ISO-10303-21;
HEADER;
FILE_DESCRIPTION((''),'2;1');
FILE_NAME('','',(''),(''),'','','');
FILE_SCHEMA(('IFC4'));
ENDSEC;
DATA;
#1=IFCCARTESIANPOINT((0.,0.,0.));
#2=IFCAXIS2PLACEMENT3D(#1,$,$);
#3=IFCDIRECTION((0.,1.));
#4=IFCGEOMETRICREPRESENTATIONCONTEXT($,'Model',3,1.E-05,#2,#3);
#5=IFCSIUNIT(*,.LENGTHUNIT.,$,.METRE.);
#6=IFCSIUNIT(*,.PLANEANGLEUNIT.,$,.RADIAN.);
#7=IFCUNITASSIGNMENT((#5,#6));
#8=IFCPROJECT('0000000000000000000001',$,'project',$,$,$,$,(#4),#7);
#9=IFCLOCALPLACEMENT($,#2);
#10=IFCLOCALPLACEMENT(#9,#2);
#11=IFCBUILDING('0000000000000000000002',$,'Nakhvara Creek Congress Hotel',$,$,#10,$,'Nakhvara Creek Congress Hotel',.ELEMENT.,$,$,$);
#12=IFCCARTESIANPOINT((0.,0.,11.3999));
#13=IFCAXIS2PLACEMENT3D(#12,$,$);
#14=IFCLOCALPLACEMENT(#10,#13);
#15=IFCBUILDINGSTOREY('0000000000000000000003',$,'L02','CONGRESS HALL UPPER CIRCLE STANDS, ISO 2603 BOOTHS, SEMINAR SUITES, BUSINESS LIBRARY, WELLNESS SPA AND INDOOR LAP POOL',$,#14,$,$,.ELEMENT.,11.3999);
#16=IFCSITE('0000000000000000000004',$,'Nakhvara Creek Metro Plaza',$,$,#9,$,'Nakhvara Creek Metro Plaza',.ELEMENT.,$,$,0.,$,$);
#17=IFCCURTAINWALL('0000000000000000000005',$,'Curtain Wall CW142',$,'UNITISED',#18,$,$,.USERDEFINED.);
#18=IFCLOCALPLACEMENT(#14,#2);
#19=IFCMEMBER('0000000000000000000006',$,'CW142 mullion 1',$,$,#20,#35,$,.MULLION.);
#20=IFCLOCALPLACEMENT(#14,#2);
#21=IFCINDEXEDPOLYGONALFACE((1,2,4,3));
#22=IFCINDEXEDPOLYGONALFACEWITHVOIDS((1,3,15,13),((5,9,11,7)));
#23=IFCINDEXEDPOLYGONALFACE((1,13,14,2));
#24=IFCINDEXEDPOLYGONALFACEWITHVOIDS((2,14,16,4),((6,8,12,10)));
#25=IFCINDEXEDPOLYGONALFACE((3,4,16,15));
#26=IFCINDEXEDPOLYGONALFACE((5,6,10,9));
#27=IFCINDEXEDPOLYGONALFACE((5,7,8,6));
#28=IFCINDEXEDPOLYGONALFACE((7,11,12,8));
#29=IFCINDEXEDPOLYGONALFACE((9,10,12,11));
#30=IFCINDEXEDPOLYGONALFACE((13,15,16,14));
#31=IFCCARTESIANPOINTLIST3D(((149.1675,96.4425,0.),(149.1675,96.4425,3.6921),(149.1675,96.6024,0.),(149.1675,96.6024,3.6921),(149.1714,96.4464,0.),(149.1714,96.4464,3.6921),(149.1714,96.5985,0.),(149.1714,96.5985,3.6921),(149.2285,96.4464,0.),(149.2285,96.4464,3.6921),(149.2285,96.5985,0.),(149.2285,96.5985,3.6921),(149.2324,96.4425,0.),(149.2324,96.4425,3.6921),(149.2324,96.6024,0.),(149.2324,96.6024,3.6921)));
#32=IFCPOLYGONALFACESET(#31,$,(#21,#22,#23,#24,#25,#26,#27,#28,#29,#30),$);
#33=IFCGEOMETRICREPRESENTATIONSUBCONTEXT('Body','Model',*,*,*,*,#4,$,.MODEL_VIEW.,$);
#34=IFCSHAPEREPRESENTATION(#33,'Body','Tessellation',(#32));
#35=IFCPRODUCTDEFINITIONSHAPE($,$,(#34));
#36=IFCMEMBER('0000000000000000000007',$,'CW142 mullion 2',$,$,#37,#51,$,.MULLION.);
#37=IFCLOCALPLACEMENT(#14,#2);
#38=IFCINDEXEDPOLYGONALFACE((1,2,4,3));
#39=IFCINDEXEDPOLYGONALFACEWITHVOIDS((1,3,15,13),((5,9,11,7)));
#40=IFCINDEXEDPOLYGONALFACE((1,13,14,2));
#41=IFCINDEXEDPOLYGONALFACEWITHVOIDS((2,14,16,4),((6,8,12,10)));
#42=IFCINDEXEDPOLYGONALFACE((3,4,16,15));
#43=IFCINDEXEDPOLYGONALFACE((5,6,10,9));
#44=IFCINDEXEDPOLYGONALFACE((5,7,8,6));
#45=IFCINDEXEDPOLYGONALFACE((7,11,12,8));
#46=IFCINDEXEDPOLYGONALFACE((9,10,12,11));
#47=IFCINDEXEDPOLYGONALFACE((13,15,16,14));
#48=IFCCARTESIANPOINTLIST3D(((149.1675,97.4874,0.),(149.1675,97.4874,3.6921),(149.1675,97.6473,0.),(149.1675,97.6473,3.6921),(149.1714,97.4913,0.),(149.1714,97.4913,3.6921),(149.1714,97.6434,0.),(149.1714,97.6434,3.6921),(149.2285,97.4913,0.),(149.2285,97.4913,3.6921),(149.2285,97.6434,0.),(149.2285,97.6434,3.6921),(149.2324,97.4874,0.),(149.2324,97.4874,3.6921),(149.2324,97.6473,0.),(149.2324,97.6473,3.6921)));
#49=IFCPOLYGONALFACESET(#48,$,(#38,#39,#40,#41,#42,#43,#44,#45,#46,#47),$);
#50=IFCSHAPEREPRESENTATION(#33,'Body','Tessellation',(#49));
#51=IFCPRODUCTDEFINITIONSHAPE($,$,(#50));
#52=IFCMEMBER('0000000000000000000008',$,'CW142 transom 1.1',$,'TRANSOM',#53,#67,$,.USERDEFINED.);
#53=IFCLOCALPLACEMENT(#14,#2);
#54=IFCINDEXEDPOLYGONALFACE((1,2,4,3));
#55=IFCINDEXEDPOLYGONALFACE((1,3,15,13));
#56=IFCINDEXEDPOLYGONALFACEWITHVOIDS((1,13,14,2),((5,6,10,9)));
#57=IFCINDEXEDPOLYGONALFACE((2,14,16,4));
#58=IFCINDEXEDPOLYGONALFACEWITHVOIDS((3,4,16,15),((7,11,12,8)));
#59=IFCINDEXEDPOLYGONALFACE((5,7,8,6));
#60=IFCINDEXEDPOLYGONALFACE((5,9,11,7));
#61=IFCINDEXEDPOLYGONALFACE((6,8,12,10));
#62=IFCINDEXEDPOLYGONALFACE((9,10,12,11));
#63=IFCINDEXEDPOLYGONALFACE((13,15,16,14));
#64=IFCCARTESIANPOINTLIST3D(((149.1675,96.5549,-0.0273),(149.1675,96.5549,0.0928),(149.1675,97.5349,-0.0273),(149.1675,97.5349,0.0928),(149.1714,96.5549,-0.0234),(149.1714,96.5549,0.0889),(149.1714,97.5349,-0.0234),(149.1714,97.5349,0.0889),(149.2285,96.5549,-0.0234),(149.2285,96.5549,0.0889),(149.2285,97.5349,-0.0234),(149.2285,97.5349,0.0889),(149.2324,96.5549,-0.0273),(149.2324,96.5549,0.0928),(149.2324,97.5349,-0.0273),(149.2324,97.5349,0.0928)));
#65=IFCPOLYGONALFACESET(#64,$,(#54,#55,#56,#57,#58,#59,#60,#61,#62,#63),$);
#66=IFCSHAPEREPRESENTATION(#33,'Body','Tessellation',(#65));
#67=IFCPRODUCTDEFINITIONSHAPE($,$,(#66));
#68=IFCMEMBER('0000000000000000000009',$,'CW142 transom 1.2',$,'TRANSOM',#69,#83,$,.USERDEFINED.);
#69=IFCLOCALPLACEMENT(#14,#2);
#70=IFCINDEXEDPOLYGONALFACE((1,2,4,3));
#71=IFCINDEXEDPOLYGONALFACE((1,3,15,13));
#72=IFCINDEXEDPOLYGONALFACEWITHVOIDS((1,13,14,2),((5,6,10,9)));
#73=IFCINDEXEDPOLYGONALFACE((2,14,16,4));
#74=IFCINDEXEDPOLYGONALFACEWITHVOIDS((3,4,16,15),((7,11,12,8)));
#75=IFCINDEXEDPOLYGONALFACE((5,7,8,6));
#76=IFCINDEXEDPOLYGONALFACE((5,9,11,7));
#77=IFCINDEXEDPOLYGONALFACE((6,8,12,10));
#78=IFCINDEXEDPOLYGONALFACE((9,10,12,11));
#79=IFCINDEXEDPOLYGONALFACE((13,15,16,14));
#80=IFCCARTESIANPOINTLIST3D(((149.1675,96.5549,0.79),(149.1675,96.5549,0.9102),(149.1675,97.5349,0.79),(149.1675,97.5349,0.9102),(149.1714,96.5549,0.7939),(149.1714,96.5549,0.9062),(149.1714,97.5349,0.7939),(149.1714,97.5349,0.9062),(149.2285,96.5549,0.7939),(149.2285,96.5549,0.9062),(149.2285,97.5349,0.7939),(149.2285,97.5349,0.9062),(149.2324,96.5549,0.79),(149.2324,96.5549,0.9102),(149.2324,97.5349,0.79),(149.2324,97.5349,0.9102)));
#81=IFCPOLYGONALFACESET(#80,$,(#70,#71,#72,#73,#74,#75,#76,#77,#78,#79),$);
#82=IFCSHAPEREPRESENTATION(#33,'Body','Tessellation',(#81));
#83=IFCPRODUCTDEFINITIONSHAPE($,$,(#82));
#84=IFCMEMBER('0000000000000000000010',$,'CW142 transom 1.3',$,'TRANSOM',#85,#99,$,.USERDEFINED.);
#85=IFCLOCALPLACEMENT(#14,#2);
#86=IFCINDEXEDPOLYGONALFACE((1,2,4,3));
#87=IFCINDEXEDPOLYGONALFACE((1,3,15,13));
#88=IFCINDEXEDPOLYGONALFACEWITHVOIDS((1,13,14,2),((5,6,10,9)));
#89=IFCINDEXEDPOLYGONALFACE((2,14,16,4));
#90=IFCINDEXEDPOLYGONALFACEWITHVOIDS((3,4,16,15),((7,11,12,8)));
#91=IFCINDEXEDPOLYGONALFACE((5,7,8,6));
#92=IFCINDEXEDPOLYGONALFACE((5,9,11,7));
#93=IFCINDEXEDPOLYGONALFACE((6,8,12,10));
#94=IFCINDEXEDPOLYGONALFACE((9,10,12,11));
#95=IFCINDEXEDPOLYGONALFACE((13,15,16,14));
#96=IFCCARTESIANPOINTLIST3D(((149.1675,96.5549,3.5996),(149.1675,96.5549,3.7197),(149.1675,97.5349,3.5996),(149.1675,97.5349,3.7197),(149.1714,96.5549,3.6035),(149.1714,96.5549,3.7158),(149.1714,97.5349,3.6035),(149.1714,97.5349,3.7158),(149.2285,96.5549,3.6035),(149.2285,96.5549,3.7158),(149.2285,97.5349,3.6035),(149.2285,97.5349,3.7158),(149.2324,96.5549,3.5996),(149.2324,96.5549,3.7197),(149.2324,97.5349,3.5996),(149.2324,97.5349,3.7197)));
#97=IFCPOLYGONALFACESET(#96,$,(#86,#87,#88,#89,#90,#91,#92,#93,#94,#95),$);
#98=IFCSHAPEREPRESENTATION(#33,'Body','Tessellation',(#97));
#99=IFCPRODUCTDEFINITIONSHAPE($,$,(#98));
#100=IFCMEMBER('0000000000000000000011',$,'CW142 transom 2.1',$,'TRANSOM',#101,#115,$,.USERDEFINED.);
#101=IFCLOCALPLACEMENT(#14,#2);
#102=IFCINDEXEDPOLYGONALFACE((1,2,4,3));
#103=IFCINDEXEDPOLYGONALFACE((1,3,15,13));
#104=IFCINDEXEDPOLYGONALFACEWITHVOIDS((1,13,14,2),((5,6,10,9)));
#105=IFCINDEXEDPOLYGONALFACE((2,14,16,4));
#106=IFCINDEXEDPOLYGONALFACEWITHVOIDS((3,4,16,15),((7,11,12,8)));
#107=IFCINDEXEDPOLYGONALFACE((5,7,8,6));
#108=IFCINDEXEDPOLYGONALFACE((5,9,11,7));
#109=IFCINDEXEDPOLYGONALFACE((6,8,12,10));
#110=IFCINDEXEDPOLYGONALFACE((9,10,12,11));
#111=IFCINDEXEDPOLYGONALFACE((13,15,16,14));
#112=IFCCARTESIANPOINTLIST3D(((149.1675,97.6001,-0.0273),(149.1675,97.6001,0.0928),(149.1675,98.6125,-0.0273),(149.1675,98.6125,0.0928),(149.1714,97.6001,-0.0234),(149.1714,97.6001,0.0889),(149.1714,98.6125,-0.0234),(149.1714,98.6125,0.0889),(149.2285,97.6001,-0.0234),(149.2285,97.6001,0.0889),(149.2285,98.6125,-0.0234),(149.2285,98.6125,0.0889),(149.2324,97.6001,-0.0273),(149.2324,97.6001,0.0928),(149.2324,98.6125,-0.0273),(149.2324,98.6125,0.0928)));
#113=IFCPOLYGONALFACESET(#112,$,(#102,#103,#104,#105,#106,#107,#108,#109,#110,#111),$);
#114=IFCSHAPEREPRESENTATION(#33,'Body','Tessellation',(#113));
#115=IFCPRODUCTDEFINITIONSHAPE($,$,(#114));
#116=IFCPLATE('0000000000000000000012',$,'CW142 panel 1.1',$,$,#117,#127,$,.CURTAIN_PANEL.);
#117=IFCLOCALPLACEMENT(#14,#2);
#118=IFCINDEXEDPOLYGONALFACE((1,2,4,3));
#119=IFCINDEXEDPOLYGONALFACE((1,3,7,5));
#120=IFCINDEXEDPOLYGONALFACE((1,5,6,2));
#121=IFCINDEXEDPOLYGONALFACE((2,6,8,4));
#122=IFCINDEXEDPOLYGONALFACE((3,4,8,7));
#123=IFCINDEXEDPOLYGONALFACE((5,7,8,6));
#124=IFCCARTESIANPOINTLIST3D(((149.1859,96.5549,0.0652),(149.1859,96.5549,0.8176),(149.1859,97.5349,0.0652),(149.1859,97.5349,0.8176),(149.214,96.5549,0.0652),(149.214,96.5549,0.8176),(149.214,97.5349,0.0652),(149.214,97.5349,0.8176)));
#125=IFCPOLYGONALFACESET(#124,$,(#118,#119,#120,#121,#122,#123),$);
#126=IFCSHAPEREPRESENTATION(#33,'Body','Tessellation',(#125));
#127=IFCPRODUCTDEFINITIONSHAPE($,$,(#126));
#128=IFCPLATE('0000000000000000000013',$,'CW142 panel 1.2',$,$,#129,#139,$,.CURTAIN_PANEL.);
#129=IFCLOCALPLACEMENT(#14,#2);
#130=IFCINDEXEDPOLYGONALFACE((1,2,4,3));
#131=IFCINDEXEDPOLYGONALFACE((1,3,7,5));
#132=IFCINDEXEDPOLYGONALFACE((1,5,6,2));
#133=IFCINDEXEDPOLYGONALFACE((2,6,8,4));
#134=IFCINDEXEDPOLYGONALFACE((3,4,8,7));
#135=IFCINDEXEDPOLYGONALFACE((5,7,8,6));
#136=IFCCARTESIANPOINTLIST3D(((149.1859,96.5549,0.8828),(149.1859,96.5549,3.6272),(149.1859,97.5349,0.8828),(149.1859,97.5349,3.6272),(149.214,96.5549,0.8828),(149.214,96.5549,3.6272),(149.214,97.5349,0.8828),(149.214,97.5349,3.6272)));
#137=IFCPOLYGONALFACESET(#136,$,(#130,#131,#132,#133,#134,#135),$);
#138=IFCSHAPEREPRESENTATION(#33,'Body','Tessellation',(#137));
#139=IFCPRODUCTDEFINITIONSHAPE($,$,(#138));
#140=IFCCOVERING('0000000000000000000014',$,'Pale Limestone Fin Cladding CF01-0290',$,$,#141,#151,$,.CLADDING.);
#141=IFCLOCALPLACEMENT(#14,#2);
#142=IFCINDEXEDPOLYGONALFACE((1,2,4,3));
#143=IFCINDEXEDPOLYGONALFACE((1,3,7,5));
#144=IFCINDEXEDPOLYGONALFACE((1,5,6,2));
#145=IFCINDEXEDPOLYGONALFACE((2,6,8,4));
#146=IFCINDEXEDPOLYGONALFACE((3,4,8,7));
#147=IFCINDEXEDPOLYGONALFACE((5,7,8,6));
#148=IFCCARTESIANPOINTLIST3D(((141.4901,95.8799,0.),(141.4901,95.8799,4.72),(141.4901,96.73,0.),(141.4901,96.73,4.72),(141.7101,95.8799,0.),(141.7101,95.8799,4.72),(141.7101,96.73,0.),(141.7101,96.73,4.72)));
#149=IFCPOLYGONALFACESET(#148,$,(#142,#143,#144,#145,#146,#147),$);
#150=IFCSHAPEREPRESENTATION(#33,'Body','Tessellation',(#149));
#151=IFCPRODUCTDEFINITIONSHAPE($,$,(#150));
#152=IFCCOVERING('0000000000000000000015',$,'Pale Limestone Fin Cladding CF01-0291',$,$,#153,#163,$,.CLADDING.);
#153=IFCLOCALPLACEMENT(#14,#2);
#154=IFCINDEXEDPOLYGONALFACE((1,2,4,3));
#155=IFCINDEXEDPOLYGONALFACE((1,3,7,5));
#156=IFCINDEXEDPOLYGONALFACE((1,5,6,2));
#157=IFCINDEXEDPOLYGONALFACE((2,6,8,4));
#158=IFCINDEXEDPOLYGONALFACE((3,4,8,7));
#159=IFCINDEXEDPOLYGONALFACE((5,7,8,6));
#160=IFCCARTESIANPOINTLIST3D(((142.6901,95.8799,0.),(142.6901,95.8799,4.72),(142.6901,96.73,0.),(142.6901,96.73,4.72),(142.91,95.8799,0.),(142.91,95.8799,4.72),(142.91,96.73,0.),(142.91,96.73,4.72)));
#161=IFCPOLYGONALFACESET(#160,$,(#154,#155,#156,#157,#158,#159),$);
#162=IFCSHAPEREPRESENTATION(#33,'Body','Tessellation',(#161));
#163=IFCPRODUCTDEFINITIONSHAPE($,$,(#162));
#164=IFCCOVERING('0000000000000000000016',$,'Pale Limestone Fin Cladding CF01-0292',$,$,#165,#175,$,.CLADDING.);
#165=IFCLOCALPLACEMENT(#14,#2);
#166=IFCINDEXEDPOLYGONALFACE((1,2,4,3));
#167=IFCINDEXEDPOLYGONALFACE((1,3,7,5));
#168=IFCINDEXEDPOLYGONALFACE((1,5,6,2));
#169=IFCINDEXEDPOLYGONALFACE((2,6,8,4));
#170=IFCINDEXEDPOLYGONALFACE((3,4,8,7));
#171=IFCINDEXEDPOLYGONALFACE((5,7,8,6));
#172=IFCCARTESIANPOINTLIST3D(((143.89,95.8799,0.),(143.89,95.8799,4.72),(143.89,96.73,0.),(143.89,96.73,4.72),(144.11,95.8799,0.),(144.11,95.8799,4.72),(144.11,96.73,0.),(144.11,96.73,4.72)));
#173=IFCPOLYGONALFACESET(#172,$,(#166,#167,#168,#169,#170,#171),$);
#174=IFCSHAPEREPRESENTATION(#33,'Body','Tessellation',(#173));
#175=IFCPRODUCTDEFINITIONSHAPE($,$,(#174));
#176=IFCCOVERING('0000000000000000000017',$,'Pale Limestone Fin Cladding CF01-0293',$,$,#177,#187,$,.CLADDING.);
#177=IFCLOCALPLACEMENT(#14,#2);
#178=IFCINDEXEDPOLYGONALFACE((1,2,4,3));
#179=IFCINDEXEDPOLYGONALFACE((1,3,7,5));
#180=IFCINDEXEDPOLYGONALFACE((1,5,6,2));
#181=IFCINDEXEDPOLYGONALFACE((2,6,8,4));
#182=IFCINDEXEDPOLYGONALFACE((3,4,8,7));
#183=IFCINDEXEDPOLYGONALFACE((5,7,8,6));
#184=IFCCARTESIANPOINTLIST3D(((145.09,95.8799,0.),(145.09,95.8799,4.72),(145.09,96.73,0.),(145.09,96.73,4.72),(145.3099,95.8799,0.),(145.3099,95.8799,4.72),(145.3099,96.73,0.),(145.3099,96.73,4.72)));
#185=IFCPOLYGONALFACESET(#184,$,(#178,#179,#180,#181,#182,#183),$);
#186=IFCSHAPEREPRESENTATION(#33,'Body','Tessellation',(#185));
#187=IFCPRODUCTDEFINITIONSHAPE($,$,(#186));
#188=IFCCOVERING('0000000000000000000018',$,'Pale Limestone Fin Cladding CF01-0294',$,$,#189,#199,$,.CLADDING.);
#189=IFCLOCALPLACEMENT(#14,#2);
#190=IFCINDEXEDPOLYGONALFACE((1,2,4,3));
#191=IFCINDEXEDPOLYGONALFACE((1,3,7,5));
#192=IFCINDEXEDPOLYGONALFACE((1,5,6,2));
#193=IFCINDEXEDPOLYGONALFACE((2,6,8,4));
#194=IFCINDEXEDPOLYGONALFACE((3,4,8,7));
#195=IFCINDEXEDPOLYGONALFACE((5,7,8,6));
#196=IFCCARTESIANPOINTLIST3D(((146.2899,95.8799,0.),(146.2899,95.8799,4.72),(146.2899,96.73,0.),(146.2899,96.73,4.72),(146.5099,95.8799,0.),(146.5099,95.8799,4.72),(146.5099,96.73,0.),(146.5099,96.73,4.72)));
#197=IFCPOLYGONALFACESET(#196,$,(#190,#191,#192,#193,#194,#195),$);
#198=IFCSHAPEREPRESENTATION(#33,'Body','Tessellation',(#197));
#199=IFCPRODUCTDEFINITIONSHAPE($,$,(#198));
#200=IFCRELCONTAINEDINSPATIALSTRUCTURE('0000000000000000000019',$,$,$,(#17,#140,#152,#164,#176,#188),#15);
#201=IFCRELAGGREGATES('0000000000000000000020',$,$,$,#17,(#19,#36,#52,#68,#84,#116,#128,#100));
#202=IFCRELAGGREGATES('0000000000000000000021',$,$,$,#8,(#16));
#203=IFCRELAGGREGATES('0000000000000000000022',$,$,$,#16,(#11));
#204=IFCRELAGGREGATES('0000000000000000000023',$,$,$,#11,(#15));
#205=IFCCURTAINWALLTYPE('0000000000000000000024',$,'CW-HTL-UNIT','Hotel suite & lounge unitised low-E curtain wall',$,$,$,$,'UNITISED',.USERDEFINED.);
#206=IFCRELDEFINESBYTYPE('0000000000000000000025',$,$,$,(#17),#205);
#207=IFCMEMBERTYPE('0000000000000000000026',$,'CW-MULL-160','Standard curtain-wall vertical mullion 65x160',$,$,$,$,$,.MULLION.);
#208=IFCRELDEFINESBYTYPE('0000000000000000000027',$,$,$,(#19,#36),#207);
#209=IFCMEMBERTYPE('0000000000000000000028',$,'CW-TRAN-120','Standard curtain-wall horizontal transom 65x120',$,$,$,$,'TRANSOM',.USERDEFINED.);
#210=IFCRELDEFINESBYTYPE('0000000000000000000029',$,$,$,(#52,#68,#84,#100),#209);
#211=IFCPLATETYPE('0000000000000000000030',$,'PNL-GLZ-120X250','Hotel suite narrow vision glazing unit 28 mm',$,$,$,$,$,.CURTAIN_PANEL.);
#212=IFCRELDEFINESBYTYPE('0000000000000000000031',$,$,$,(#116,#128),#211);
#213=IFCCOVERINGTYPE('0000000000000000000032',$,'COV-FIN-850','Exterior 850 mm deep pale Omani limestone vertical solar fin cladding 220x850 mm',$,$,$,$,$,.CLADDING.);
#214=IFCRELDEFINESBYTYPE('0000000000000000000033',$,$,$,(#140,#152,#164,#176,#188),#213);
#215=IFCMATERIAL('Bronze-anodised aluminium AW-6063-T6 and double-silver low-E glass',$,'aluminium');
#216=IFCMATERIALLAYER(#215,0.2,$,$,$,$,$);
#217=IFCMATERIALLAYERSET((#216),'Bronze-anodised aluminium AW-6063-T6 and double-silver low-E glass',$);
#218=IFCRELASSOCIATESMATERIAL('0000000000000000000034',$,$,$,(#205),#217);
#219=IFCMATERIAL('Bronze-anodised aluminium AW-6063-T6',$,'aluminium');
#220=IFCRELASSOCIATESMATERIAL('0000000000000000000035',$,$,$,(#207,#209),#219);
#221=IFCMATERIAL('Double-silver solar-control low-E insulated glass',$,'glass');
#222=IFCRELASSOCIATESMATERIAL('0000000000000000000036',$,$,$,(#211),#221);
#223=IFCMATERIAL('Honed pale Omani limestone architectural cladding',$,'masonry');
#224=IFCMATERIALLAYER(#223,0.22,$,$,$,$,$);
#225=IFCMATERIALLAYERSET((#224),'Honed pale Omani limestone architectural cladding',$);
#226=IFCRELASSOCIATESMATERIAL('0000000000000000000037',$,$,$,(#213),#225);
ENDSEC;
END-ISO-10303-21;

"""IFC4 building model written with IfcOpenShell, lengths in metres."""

from ifc_helpers import new_model, si_unit, direction, frame, origin, origin_2d, place, context, subcontext, project, spatial, rectangle, hollow_rectangle, extrude, material, layer, layer_set, material_profile, profile_set, type_object, element, aggregate, save


model = new_model("IFC4")

# Units and contexts
model_context = context("Model", 3, precision=1e-05, world=origin(), true_north=direction((0.0, 1.0)))
body_context = subcontext(model_context, "Body", "Model", "MODEL_VIEW")
ifc_project = project(units=[si_unit("LENGTHUNIT", "METRE"), si_unit("PLANEANGLEUNIT", "RADIAN")], contexts=[model_context])

# Site, building, storey
site_placement = place(None, origin())
site = spatial("IfcSite", under=ifc_project, at=site_placement, Name="Nakhvara Creek Metro Plaza", LongName="Nakhvara Creek Metro Plaza", CompositionType="ELEMENT", RefElevation=0.0)
building_placement = place(site_placement, origin())
building = spatial("IfcBuilding", under=site, at=building_placement, Name="Nakhvara Creek Congress Hotel", LongName="Nakhvara Creek Congress Hotel", CompositionType="ELEMENT")
storey_placement = place(building_placement, frame((0.0, 0.0, 11.3999)))
storey = spatial("IfcBuildingStorey", under=building, at=storey_placement, Name="L02", Description="CONGRESS HALL UPPER CIRCLE STANDS, ISO 2603 BOOTHS, SEMINAR SUITES, BUSINESS LIBRARY, WELLNESS SPA AND INDOOR LAP POOL", CompositionType="ELEMENT", Elevation=11.3999)

# Curtain wall, members, plates
ifc_material_1 = material(Name="Bronze-anodised aluminium AW-6063-T6 and double-silver low-E glass", Category="aluminium")
ifc_layer_1 = layer(ifc_material_1, 0.2)
ifc_layer_set_1 = layer_set([ifc_layer_1], Name="Bronze-anodised aluminium AW-6063-T6 and double-silver low-E glass")
curtain_wall_type = type_object("IfcCurtainWallType", Name="CW-HTL-UNIT", Description="Hotel suite & lounge unitised low-E curtain wall", ElementType="UNITISED", PredefinedType="USERDEFINED", material=ifc_layer_set_1)
curtain_wall_placement = place(storey_placement, origin())
curtain_wall = element("IfcCurtainWall", 1, at=curtain_wall_placement, inside=storey, type_object=curtain_wall_type, Name="Curtain Wall CW142", ObjectType="UNITISED", PredefinedType="USERDEFINED")
ifc_material_2 = material(Name="Bronze-anodised aluminium AW-6063-T6", Category="aluminium")
ifc_material_profile_1 = material_profile(ifc_material_2, hollow_rectangle(XDim=0.0649, YDim=0.1599, WallThickness=0.0039, at=origin_2d()), Name="ALU-MULL 65x160x4", Category="LoadBearing")
ifc_profile_set_1 = profile_set([ifc_material_profile_1], Name="Bronze-anodised aluminium AW-6063-T6")
member_type_1 = type_object("IfcMemberType", Name="CW-MULL-160", Description="Standard curtain-wall vertical mullion 65x160", PredefinedType="MULLION", material=ifc_profile_set_1)
member_1_placement = place(storey_placement, frame((149.2, 96.5225, 0.0), z_axis=(0.0, 0.0, 1.0), x_axis=(-1.0, 0.0, 0.0)))
member_1 = element("IfcMember", 2, at=member_1_placement, type_object=member_type_1, Name="CW142 mullion 1", PredefinedType="MULLION", context=body_context, shape_type="SweptSolid", body=[
    extrude(hollow_rectangle(XDim=0.0649, YDim=0.1599, WallThickness=0.0039, at=origin_2d()), origin(), (0.0, 0.0, 1.0), 3.6921),
])
member_2_placement = place(storey_placement, frame((149.2, 97.5674, 0.0), z_axis=(0.0, 0.0, 1.0), x_axis=(-1.0, 0.0, 0.0)))
member_2 = element("IfcMember", 3, at=member_2_placement, type_object=member_type_1, Name="CW142 mullion 2", PredefinedType="MULLION", context=body_context, shape_type="SweptSolid", body=[
    extrude(hollow_rectangle(XDim=0.0649, YDim=0.1599, WallThickness=0.0039, at=origin_2d()), origin(), (0.0, 0.0, 1.0), 3.6921),
])
ifc_material_profile_2 = material_profile(ifc_material_2, hollow_rectangle(XDim=0.0649, YDim=0.1201, WallThickness=0.0039, at=origin_2d()), Name="ALU-TRAN 65x120x4", Category="LoadBearing")
ifc_profile_set_2 = profile_set([ifc_material_profile_2], Name="Bronze-anodised aluminium AW-6063-T6")
member_type_2 = type_object("IfcMemberType", Name="CW-TRAN-120", Description="Standard curtain-wall horizontal transom 65x120", ElementType="TRANSOM", PredefinedType="USERDEFINED", material=ifc_profile_set_2)
member_3_placement = place(storey_placement, frame((149.2, 96.5549, 0.0327), z_axis=(0.0, 1.0, 0.0), x_axis=(-1.0, 0.0, 0.0)))
member_3 = element("IfcMember", 4, at=member_3_placement, type_object=member_type_2, Name="CW142 transom 1.1", ObjectType="TRANSOM", PredefinedType="USERDEFINED", context=body_context, shape_type="SweptSolid", body=[
    extrude(hollow_rectangle(XDim=0.0649, YDim=0.1201, WallThickness=0.0039, at=origin_2d()), origin(), (0.0, 0.0, 1.0), 0.98),
])
member_4_placement = place(storey_placement, frame((149.2, 96.5549, 0.8501), z_axis=(0.0, 1.0, 0.0), x_axis=(-1.0, 0.0, 0.0)))
member_4 = element("IfcMember", 5, at=member_4_placement, type_object=member_type_2, Name="CW142 transom 1.2", ObjectType="TRANSOM", PredefinedType="USERDEFINED", context=body_context, shape_type="SweptSolid", body=[
    extrude(hollow_rectangle(XDim=0.0649, YDim=0.1201, WallThickness=0.0039, at=origin_2d()), origin(), (0.0, 0.0, 1.0), 0.98),
])
member_5_placement = place(storey_placement, frame((149.2, 96.5549, 3.6597), z_axis=(0.0, 1.0, 0.0), x_axis=(-1.0, 0.0, 0.0)))
member_5 = element("IfcMember", 6, at=member_5_placement, type_object=member_type_2, Name="CW142 transom 1.3", ObjectType="TRANSOM", PredefinedType="USERDEFINED", context=body_context, shape_type="SweptSolid", body=[
    extrude(hollow_rectangle(XDim=0.0649, YDim=0.1201, WallThickness=0.0039, at=origin_2d()), origin(), (0.0, 0.0, 1.0), 0.98),
])
member_6_placement = place(storey_placement, frame((149.2, 97.6001, 0.0327), z_axis=(0.0, 1.0, 0.0), x_axis=(-1.0, 0.0, 0.0)))
member_6 = element("IfcMember", 7, at=member_6_placement, type_object=member_type_2, Name="CW142 transom 2.1", ObjectType="TRANSOM", PredefinedType="USERDEFINED", context=body_context, shape_type="SweptSolid", body=[
    extrude(hollow_rectangle(XDim=0.0649, YDim=0.1201, WallThickness=0.0039, at=origin_2d()), origin(), (0.0, 0.0, 1.0), 1.0125),
])
ifc_material_3 = material(Name="Double-silver solar-control low-E insulated glass", Category="glass")
plate_type = type_object("IfcPlateType", Name="PNL-GLZ-120X250", Description="Hotel suite narrow vision glazing unit 28 mm", PredefinedType="CURTAIN_PANEL", material=ifc_material_3)
plate_1_placement = place(storey_placement, frame((149.2, 97.0449, 0.0652), z_axis=(0.0, 0.0, 1.0), x_axis=(0.0, 1.0, 0.0)))
plate_1 = element("IfcPlate", 8, at=plate_1_placement, type_object=plate_type, Name="CW142 panel 1.1", PredefinedType="CURTAIN_PANEL", context=body_context, shape_type="SweptSolid", body=[
    extrude(rectangle(XDim=0.98, YDim=0.0281, at=origin_2d()), origin(), (0.0, 0.0, 1.0), 0.7524),
])
plate_2_placement = place(storey_placement, frame((149.2, 97.0449, 0.8828), z_axis=(0.0, 0.0, 1.0), x_axis=(0.0, 1.0, 0.0)))
plate_2 = element("IfcPlate", 9, at=plate_2_placement, type_object=plate_type, Name="CW142 panel 1.2", PredefinedType="CURTAIN_PANEL", context=body_context, shape_type="SweptSolid", body=[
    extrude(rectangle(XDim=0.98, YDim=0.0281, at=origin_2d()), origin(), (0.0, 0.0, 1.0), 2.7444),
])
aggregate(curtain_wall, [member_1, member_2, member_3, member_4, member_5, plate_1, plate_2, member_6])

# Coverings
ifc_material_4 = material(Name="Honed pale Omani limestone architectural cladding", Category="masonry")
ifc_layer_2 = layer(ifc_material_4, 0.22)
ifc_layer_set_2 = layer_set([ifc_layer_2], Name="Honed pale Omani limestone architectural cladding")
covering_type = type_object("IfcCoveringType", Name="COV-FIN-850", Description="Exterior 850 mm deep pale Omani limestone vertical solar fin cladding 220x850 mm", PredefinedType="CLADDING", material=ifc_layer_set_2)
for number, where, z_axis, x_axis, name in (
    (10, (141.6001, 96.3049, 0.0), (0.0, 0.0, 1.0), (1.0, 0.0, 0.0), "Pale Limestone Fin Cladding CF01-0290"),
    (11, (142.8, 96.3049, 0.0), (0.0, 0.0, 1.0), (1.0, 0.0, 0.0), "Pale Limestone Fin Cladding CF01-0291"),
    (12, (144.0, 96.3049, 0.0), (0.0, 0.0, 1.0), (1.0, 0.0, 0.0), "Pale Limestone Fin Cladding CF01-0292"),
    (13, (145.2, 96.3049, 0.0), (0.0, 0.0, 1.0), (1.0, 0.0, 0.0), "Pale Limestone Fin Cladding CF01-0293"),
    (14, (146.3999, 96.3049, 0.0), (0.0, 0.0, 1.0), (1.0, 0.0, 0.0), "Pale Limestone Fin Cladding CF01-0294"),
):
    element("IfcCovering", number, at=place(storey_placement, frame(where, z_axis=z_axis, x_axis=x_axis)), inside=storey, type_object=covering_type, Name=name, PredefinedType="CLADDING", context=body_context, shape_type="SweptSolid", body=[
        extrude(rectangle(XDim=0.22, YDim=0.8501, at=origin_2d()), origin(), (0.0, 0.0, 1.0), 4.72),
    ])

save(model, "model.ifc")
